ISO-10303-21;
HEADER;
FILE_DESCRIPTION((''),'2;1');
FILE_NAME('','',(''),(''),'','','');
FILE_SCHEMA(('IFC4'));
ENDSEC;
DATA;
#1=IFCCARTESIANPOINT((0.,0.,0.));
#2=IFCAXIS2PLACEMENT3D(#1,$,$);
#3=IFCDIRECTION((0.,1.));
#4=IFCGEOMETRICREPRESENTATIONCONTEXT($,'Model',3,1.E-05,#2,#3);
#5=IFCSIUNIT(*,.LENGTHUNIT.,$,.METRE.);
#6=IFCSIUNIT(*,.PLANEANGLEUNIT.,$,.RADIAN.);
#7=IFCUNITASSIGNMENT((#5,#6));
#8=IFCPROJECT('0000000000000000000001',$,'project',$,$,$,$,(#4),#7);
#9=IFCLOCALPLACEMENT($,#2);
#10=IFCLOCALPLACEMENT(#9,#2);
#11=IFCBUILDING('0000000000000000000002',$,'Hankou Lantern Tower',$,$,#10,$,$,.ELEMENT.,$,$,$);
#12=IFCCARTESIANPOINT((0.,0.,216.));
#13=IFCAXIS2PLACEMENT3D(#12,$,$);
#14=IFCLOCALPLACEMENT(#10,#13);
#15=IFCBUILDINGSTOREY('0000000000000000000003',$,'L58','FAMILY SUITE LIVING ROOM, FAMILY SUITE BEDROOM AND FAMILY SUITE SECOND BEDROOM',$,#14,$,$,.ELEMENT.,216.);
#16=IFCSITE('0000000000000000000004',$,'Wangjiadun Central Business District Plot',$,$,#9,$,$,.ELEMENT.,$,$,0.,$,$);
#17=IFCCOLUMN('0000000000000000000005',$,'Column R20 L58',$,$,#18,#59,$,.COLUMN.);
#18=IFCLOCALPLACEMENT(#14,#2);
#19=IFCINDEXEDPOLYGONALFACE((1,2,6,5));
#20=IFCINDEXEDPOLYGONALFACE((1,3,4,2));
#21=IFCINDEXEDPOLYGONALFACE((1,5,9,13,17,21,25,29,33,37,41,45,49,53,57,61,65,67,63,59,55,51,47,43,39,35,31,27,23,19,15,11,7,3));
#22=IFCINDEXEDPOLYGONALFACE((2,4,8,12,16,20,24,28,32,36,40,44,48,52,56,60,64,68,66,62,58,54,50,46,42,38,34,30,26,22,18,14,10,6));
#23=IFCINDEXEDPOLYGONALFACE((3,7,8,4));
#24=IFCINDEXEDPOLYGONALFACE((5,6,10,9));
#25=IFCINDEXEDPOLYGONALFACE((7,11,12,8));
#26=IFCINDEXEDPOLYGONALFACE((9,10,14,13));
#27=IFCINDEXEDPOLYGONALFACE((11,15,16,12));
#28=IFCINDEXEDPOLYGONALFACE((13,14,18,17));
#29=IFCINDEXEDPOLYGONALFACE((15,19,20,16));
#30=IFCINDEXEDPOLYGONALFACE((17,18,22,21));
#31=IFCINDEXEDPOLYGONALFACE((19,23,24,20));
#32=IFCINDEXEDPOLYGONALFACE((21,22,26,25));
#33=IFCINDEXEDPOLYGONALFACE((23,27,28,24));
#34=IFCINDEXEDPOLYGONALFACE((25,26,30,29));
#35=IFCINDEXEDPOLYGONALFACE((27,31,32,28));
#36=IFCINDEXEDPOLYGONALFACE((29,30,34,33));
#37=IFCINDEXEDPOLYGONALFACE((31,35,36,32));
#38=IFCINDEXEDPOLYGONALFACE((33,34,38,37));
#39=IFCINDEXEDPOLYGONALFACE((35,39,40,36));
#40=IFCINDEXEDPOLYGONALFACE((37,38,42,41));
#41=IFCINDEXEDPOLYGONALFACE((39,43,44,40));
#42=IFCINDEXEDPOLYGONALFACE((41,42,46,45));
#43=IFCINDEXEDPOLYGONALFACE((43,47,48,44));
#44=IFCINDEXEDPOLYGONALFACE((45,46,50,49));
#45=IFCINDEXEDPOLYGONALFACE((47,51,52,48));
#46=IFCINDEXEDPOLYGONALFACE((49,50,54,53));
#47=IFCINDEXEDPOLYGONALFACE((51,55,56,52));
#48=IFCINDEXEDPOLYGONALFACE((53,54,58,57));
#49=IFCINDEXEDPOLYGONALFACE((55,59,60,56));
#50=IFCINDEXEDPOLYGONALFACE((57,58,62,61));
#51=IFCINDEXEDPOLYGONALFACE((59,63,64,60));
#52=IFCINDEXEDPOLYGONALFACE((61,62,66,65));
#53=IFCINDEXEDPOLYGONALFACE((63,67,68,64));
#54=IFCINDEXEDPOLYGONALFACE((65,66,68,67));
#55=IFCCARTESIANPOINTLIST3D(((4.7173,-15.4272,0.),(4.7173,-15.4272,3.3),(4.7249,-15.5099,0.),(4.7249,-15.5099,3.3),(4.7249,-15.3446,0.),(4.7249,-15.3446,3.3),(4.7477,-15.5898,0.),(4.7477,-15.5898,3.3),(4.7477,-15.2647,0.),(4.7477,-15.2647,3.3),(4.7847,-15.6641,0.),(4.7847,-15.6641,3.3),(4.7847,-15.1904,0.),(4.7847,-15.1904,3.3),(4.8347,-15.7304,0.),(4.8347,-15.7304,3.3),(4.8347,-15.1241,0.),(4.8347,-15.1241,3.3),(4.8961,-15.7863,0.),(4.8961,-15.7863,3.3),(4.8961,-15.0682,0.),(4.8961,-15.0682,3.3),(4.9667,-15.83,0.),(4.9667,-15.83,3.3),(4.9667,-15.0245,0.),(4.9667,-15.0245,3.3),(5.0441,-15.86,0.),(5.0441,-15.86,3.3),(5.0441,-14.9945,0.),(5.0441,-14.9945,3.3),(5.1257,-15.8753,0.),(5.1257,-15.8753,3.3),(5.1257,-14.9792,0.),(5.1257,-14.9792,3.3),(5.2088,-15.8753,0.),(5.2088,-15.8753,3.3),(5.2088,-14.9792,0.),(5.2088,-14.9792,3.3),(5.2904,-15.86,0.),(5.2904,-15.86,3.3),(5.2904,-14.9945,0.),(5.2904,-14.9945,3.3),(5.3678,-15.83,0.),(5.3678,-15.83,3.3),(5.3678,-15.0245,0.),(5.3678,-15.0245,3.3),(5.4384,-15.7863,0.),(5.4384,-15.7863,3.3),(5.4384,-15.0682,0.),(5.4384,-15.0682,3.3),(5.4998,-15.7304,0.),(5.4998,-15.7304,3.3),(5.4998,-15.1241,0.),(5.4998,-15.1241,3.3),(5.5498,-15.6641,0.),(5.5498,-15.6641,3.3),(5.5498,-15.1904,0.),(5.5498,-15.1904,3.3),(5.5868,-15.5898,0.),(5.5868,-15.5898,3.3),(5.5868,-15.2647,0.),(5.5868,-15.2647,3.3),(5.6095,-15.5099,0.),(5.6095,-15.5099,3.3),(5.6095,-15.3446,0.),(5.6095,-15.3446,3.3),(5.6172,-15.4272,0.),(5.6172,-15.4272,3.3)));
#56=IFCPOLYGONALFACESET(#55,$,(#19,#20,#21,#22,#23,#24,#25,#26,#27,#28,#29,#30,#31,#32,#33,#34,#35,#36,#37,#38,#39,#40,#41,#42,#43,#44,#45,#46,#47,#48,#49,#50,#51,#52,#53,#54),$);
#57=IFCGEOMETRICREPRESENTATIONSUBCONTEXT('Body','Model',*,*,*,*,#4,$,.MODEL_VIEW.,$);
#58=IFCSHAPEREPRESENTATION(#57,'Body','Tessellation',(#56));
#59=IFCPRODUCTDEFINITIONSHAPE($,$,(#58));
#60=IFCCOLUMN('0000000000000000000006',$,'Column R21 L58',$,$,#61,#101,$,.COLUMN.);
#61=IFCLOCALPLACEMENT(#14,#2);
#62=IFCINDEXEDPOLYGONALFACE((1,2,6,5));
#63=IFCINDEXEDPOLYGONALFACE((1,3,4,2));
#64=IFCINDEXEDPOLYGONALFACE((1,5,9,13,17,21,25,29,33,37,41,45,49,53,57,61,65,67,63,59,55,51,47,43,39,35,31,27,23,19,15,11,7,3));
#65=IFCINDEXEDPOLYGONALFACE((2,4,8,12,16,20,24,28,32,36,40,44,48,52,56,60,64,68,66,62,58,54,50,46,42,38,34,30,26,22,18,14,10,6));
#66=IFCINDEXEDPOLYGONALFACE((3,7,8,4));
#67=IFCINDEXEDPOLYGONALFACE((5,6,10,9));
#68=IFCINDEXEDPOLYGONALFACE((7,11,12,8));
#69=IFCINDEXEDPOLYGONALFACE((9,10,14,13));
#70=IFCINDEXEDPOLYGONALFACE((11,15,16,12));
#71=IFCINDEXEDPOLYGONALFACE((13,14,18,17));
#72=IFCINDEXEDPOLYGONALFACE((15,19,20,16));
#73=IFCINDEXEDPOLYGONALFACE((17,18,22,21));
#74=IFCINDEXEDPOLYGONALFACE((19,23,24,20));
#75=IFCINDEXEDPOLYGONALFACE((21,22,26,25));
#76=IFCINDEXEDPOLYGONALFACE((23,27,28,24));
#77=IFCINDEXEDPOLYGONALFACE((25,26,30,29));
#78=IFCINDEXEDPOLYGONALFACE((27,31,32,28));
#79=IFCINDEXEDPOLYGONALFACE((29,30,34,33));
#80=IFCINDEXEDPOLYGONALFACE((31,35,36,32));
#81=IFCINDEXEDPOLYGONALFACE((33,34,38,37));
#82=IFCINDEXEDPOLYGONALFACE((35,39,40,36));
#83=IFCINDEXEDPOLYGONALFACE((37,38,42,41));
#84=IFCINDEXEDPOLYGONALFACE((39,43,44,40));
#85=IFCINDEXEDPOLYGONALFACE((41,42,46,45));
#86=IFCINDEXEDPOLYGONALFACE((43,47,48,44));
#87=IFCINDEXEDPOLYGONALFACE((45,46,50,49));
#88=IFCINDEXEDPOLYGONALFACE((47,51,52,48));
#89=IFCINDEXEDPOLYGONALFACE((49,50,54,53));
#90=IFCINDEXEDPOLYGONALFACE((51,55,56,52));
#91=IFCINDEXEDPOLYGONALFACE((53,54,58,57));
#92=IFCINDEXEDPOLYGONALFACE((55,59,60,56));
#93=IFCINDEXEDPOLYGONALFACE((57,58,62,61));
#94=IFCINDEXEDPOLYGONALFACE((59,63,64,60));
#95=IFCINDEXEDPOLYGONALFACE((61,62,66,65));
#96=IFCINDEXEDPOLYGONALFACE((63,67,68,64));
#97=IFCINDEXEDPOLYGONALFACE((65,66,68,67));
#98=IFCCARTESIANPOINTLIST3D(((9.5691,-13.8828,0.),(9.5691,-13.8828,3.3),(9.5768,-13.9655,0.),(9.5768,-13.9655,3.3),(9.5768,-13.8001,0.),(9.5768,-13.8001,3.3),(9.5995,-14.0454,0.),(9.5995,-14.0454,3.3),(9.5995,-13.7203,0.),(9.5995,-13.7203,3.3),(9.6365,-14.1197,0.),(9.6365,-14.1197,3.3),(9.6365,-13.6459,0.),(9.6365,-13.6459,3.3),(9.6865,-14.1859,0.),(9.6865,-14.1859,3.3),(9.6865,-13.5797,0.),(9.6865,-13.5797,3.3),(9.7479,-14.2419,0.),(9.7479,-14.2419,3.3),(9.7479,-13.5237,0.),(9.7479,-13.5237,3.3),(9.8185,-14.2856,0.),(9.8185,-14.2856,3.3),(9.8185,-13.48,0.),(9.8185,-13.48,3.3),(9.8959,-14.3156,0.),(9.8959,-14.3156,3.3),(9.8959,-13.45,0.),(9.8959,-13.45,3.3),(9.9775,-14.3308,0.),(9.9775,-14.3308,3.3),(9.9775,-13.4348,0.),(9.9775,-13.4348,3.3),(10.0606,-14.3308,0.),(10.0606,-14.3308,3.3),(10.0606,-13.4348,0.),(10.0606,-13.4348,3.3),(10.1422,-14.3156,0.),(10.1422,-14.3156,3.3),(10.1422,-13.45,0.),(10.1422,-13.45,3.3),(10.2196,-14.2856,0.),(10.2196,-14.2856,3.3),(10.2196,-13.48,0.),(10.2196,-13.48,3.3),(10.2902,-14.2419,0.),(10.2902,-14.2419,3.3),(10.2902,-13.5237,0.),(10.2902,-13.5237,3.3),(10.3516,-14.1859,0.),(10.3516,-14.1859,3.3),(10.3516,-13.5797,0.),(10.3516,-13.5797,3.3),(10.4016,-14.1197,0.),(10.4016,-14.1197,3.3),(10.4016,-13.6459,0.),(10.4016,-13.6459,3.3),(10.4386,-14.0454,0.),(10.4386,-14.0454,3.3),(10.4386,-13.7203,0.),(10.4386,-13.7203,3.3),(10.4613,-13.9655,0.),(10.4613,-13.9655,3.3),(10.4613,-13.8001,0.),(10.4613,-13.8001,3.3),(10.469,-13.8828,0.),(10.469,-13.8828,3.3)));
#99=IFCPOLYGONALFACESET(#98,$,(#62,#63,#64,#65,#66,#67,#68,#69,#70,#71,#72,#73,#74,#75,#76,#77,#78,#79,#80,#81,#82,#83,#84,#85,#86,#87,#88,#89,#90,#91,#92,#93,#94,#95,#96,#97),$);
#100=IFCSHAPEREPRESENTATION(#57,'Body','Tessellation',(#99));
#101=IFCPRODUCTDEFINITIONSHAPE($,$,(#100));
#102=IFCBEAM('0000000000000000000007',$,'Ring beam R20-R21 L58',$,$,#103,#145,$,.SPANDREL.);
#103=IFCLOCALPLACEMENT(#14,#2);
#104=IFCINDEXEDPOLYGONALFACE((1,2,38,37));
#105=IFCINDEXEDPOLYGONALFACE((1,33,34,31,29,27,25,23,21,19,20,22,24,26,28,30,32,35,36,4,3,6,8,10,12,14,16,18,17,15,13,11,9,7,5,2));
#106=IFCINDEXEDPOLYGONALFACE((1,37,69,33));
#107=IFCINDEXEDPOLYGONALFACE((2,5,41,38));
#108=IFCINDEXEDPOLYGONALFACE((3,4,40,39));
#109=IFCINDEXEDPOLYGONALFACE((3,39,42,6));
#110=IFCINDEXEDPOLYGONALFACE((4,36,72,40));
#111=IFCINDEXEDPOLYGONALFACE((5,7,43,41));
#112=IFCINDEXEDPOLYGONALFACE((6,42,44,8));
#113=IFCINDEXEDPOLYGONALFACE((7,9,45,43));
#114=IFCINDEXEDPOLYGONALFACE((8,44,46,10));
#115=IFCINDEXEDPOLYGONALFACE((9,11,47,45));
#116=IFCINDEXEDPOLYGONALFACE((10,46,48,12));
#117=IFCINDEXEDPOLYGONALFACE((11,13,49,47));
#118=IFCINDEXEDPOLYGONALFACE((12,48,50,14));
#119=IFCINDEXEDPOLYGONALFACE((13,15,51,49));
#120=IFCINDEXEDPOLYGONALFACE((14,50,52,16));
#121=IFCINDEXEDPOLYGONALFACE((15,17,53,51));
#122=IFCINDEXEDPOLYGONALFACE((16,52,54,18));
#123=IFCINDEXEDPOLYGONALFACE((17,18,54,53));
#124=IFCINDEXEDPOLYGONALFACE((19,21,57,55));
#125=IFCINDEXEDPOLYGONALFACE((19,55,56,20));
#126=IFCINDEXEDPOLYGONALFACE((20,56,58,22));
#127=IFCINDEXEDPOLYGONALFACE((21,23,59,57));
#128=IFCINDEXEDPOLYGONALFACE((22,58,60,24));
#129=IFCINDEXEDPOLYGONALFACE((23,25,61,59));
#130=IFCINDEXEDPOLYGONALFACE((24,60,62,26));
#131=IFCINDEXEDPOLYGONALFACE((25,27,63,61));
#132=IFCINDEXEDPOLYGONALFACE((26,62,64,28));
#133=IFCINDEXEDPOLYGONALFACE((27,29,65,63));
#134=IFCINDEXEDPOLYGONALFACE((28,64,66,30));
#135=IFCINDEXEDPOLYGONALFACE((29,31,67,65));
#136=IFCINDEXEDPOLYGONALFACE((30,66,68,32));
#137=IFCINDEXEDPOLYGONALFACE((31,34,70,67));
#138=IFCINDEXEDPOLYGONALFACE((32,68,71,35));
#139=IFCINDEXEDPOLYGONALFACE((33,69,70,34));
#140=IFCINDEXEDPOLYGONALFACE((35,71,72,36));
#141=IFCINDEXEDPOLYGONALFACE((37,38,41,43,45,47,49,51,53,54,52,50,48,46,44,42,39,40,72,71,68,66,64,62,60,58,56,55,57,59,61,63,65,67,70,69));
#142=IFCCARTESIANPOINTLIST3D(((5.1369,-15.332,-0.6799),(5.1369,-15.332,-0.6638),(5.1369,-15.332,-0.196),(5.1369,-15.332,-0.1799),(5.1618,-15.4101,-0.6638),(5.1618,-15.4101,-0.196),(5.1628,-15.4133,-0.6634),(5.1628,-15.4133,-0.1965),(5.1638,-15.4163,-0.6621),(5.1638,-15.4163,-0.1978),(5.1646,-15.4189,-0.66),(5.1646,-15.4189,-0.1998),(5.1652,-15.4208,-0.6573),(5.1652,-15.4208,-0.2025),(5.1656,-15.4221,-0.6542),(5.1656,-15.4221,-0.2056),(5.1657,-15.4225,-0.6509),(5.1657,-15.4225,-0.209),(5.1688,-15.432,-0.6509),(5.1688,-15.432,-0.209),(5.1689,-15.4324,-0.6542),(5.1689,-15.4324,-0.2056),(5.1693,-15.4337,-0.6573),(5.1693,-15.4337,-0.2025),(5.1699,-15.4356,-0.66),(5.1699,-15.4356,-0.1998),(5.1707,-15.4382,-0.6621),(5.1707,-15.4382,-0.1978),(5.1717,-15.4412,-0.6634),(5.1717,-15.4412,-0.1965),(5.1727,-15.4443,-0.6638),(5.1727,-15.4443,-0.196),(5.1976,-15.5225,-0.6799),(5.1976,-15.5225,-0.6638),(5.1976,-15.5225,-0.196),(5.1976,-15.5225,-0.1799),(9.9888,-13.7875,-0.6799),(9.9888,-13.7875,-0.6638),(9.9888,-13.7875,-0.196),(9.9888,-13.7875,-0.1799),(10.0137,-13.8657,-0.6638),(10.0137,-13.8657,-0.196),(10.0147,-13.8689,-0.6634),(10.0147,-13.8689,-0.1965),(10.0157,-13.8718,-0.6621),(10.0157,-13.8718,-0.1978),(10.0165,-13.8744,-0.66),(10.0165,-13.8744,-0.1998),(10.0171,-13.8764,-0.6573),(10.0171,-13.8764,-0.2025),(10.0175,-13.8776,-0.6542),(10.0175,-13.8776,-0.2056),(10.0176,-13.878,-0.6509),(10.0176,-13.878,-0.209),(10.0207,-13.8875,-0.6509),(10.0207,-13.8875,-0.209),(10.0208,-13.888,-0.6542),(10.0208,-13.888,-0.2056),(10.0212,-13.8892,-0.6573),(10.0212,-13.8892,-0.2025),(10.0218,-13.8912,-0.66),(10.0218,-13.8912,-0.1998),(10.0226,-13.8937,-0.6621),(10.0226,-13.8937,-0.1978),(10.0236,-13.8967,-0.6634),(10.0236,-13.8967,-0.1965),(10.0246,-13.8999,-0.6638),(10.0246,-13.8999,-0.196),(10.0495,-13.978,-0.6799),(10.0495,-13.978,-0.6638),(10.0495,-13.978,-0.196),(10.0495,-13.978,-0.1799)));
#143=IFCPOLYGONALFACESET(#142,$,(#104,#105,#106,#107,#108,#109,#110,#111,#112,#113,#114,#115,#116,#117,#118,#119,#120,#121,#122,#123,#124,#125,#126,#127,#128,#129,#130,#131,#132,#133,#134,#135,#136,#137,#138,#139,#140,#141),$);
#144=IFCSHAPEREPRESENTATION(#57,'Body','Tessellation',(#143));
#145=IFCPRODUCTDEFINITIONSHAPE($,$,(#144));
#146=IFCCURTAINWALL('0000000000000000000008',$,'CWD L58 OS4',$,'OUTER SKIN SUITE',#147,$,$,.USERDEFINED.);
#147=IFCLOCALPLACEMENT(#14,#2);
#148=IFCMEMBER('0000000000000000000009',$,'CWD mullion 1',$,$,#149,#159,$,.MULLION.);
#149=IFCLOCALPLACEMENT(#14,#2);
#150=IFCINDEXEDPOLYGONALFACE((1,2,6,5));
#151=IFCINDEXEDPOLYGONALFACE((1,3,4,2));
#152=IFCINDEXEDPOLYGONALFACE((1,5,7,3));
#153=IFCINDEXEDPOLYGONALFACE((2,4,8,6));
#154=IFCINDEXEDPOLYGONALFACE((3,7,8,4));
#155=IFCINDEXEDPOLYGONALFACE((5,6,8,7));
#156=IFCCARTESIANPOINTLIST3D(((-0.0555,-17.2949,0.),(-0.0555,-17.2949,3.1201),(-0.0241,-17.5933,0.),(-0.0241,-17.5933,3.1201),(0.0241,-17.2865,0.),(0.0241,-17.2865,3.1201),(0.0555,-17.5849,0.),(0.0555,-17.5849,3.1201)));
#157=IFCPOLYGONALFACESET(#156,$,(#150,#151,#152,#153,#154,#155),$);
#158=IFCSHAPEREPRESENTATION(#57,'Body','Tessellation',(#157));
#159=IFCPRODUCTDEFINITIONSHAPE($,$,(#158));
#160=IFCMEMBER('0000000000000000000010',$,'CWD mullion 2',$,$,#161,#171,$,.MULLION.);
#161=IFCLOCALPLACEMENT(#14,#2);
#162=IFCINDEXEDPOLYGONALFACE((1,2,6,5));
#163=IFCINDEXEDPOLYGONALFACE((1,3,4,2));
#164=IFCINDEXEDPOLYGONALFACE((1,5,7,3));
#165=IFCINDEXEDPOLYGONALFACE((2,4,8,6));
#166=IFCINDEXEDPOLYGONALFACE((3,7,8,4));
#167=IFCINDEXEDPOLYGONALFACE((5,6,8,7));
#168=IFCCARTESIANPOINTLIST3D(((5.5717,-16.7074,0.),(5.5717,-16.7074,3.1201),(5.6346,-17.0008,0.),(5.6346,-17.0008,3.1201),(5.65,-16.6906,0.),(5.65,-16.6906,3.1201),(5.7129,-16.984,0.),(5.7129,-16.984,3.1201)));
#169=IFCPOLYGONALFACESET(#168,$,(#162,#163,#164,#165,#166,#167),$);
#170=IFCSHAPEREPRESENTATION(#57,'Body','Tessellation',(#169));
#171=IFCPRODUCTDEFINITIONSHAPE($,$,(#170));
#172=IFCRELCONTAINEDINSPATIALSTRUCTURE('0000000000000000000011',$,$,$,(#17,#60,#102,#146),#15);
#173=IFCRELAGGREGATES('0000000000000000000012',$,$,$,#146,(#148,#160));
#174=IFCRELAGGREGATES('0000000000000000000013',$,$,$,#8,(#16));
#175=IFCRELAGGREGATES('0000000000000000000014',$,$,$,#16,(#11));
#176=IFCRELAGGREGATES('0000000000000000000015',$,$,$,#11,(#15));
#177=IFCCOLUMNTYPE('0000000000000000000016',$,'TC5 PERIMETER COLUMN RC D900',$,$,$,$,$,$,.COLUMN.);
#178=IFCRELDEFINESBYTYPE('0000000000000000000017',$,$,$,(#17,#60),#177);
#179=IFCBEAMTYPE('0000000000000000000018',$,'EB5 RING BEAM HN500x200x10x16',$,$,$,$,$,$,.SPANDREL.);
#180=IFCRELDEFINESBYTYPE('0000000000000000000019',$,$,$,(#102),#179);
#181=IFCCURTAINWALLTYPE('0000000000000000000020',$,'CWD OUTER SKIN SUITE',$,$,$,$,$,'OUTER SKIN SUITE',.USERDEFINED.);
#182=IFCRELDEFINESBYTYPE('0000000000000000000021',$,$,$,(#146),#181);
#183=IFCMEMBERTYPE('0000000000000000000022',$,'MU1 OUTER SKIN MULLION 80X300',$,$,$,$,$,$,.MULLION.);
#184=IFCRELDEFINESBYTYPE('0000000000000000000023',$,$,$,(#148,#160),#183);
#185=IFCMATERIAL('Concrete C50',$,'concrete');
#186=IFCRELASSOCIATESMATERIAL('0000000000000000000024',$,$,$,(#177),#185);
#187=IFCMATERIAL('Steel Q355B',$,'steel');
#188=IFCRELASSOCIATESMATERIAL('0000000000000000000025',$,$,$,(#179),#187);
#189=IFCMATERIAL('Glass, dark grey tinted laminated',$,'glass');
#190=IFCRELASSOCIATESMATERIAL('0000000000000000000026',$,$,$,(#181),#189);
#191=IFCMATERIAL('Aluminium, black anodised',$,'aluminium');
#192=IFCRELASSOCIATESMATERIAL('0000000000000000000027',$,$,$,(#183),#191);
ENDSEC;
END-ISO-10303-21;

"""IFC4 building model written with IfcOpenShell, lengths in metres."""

from ifc_helpers import new_model, si_unit, direction, frame, origin, origin_2d, place, context, subcontext, project, spatial, rectangle, circle, i_section, extrude, material, material_profile, profile_set, type_object, element, aggregate, save


model = new_model("IFC4")

# Units and contexts
model_context = context("Model", 3, precision=1e-05, world=origin(), true_north=direction((0.0, 1.0)))
body_context = subcontext(model_context, "Body", "Model", "MODEL_VIEW")
ifc_project = project(units=[si_unit("LENGTHUNIT", "METRE"), si_unit("PLANEANGLEUNIT", "RADIAN")], contexts=[model_context])

# Site, building, storey
site_placement = place(None, origin())
site = spatial("IfcSite", under=ifc_project, at=site_placement, Name="Wangjiadun Central Business District Plot", CompositionType="ELEMENT", RefElevation=0.0)
building_placement = place(site_placement, origin())
building = spatial("IfcBuilding", under=site, at=building_placement, Name="Hankou Lantern Tower", CompositionType="ELEMENT")
storey_placement = place(building_placement, frame((0.0, 0.0, 216.0)))
storey = spatial("IfcBuildingStorey", under=building, at=storey_placement, Name="L58", Description="FAMILY SUITE LIVING ROOM, FAMILY SUITE BEDROOM AND FAMILY SUITE SECOND BEDROOM", CompositionType="ELEMENT", Elevation=216.0)

# Columns
ifc_material_1 = material(Name="Concrete C50", Category="concrete")
ifc_material_profile_1 = material_profile(ifc_material_1, circle(Radius=0.45, at=origin_2d()), Name="RC D900")
ifc_profile_set_1 = profile_set([ifc_material_profile_1], Name="Concrete C50")
column_type = type_object("IfcColumnType", Name="TC5 PERIMETER COLUMN RC D900", PredefinedType="COLUMN", material=ifc_profile_set_1)
for number, where, z_axis, x_axis, name in (
    (1, (5.1672, -15.4272, 0.0), (0.0, 0.0, 1.0), (1.0, 0.0, 0.0), "Column R20 L58"),
    (2, (10.019, -13.8828, 0.0), (0.0, 0.0, 1.0), (1.0, 0.0, 0.0), "Column R21 L58"),
):
    element("IfcColumn", number, at=place(storey_placement, frame(where, z_axis=z_axis, x_axis=x_axis)), inside=storey, type_object=column_type, Name=name, PredefinedType="COLUMN", context=body_context, shape_type="SweptSolid", body=[
        extrude(circle(Radius=0.45, at=origin_2d()), origin(), (0.0, 0.0, 1.0), 3.3),
    ])

# Beam
ifc_material_2 = material(Name="Steel Q355B", Category="steel")
ifc_material_profile_2 = material_profile(ifc_material_2, i_section(OverallWidth=0.2, OverallDepth=0.5, WebThickness=0.01, FlangeThickness=0.0161, FilletRadius=0.0129, at=origin_2d()), Name="HN500x200x10x16")
ifc_profile_set_2 = profile_set([ifc_material_profile_2], Name="Steel Q355B")
beam_type_1 = type_object("IfcBeamType", Name="EB5 RING BEAM HN500x200x10x16", PredefinedType="SPANDREL", material=ifc_profile_set_2)
beam_1_placement = place(storey_placement, frame((5.1672, -15.4272, -0.4299), z_axis=(0.952887, 0.303324, 0.0), x_axis=(-0.303324, 0.952887, 0.0)))
element("IfcBeam", 3, at=beam_1_placement, inside=storey, type_object=beam_type_1, Name="Ring beam R20-R21 L58", PredefinedType="SPANDREL", context=body_context, shape_type="SweptSolid", body=[
    extrude(i_section(OverallWidth=0.2, OverallDepth=0.5, WebThickness=0.01, FlangeThickness=0.0161, FilletRadius=0.0129, at=origin_2d()), origin(), (0.0, 0.0, 1.0), 5.0918),
])

# Curtain wall, members
ifc_material_3 = material(Name="Glass, dark grey tinted laminated", Category="glass")
curtain_wall_type = type_object("IfcCurtainWallType", Name="CWD OUTER SKIN SUITE", ElementType="OUTER SKIN SUITE", PredefinedType="USERDEFINED", material=ifc_material_3)
curtain_wall_placement = place(storey_placement, origin())
curtain_wall = element("IfcCurtainWall", 4, at=curtain_wall_placement, inside=storey, type_object=curtain_wall_type, Name="CWD L58 OS4", ObjectType="OUTER SKIN SUITE", PredefinedType="USERDEFINED")
ifc_material_4 = material(Name="Aluminium, black anodised", Category="aluminium")
ifc_material_profile_3 = material_profile(ifc_material_4, rectangle(XDim=0.0801, YDim=0.3, at=origin_2d()), Name="MU1 80X300")
ifc_profile_set_3 = profile_set([ifc_material_profile_3], Name="Aluminium, black anodised")
member_type_1 = type_object("IfcMemberType", Name="MU1 OUTER SKIN MULLION 80X300", PredefinedType="MULLION", material=ifc_profile_set_3)
member_1_placement = place(storey_placement, frame((0.0, -17.4399, 0.0), z_axis=(0.0, 0.0, 1.0), x_axis=(0.994499, 0.104743, 0.0)))
member_1 = element("IfcMember", 5, at=member_1_placement, type_object=member_type_1, Name="CWD mullion 1", PredefinedType="MULLION", context=body_context, shape_type="SweptSolid", body=[
    extrude(rectangle(XDim=0.0801, YDim=0.3, at=origin_2d()), origin(), (0.0, 0.0, 1.0), 3.1201),
])
member_2_placement = place(storey_placement, frame((5.6423, -16.8457, 0.0), z_axis=(0.0, 0.0, 1.0), x_axis=(0.977788, 0.209598, 0.0)))
member_2 = element("IfcMember", 6, at=member_2_placement, type_object=member_type_1, Name="CWD mullion 2", PredefinedType="MULLION", context=body_context, shape_type="SweptSolid", body=[
    extrude(rectangle(XDim=0.0801, YDim=0.3, at=origin_2d()), origin(), (0.0, 0.0, 1.0), 3.1201),
])

aggregate(curtain_wall, [member_1, member_2])

save(model, "model.ifc")
